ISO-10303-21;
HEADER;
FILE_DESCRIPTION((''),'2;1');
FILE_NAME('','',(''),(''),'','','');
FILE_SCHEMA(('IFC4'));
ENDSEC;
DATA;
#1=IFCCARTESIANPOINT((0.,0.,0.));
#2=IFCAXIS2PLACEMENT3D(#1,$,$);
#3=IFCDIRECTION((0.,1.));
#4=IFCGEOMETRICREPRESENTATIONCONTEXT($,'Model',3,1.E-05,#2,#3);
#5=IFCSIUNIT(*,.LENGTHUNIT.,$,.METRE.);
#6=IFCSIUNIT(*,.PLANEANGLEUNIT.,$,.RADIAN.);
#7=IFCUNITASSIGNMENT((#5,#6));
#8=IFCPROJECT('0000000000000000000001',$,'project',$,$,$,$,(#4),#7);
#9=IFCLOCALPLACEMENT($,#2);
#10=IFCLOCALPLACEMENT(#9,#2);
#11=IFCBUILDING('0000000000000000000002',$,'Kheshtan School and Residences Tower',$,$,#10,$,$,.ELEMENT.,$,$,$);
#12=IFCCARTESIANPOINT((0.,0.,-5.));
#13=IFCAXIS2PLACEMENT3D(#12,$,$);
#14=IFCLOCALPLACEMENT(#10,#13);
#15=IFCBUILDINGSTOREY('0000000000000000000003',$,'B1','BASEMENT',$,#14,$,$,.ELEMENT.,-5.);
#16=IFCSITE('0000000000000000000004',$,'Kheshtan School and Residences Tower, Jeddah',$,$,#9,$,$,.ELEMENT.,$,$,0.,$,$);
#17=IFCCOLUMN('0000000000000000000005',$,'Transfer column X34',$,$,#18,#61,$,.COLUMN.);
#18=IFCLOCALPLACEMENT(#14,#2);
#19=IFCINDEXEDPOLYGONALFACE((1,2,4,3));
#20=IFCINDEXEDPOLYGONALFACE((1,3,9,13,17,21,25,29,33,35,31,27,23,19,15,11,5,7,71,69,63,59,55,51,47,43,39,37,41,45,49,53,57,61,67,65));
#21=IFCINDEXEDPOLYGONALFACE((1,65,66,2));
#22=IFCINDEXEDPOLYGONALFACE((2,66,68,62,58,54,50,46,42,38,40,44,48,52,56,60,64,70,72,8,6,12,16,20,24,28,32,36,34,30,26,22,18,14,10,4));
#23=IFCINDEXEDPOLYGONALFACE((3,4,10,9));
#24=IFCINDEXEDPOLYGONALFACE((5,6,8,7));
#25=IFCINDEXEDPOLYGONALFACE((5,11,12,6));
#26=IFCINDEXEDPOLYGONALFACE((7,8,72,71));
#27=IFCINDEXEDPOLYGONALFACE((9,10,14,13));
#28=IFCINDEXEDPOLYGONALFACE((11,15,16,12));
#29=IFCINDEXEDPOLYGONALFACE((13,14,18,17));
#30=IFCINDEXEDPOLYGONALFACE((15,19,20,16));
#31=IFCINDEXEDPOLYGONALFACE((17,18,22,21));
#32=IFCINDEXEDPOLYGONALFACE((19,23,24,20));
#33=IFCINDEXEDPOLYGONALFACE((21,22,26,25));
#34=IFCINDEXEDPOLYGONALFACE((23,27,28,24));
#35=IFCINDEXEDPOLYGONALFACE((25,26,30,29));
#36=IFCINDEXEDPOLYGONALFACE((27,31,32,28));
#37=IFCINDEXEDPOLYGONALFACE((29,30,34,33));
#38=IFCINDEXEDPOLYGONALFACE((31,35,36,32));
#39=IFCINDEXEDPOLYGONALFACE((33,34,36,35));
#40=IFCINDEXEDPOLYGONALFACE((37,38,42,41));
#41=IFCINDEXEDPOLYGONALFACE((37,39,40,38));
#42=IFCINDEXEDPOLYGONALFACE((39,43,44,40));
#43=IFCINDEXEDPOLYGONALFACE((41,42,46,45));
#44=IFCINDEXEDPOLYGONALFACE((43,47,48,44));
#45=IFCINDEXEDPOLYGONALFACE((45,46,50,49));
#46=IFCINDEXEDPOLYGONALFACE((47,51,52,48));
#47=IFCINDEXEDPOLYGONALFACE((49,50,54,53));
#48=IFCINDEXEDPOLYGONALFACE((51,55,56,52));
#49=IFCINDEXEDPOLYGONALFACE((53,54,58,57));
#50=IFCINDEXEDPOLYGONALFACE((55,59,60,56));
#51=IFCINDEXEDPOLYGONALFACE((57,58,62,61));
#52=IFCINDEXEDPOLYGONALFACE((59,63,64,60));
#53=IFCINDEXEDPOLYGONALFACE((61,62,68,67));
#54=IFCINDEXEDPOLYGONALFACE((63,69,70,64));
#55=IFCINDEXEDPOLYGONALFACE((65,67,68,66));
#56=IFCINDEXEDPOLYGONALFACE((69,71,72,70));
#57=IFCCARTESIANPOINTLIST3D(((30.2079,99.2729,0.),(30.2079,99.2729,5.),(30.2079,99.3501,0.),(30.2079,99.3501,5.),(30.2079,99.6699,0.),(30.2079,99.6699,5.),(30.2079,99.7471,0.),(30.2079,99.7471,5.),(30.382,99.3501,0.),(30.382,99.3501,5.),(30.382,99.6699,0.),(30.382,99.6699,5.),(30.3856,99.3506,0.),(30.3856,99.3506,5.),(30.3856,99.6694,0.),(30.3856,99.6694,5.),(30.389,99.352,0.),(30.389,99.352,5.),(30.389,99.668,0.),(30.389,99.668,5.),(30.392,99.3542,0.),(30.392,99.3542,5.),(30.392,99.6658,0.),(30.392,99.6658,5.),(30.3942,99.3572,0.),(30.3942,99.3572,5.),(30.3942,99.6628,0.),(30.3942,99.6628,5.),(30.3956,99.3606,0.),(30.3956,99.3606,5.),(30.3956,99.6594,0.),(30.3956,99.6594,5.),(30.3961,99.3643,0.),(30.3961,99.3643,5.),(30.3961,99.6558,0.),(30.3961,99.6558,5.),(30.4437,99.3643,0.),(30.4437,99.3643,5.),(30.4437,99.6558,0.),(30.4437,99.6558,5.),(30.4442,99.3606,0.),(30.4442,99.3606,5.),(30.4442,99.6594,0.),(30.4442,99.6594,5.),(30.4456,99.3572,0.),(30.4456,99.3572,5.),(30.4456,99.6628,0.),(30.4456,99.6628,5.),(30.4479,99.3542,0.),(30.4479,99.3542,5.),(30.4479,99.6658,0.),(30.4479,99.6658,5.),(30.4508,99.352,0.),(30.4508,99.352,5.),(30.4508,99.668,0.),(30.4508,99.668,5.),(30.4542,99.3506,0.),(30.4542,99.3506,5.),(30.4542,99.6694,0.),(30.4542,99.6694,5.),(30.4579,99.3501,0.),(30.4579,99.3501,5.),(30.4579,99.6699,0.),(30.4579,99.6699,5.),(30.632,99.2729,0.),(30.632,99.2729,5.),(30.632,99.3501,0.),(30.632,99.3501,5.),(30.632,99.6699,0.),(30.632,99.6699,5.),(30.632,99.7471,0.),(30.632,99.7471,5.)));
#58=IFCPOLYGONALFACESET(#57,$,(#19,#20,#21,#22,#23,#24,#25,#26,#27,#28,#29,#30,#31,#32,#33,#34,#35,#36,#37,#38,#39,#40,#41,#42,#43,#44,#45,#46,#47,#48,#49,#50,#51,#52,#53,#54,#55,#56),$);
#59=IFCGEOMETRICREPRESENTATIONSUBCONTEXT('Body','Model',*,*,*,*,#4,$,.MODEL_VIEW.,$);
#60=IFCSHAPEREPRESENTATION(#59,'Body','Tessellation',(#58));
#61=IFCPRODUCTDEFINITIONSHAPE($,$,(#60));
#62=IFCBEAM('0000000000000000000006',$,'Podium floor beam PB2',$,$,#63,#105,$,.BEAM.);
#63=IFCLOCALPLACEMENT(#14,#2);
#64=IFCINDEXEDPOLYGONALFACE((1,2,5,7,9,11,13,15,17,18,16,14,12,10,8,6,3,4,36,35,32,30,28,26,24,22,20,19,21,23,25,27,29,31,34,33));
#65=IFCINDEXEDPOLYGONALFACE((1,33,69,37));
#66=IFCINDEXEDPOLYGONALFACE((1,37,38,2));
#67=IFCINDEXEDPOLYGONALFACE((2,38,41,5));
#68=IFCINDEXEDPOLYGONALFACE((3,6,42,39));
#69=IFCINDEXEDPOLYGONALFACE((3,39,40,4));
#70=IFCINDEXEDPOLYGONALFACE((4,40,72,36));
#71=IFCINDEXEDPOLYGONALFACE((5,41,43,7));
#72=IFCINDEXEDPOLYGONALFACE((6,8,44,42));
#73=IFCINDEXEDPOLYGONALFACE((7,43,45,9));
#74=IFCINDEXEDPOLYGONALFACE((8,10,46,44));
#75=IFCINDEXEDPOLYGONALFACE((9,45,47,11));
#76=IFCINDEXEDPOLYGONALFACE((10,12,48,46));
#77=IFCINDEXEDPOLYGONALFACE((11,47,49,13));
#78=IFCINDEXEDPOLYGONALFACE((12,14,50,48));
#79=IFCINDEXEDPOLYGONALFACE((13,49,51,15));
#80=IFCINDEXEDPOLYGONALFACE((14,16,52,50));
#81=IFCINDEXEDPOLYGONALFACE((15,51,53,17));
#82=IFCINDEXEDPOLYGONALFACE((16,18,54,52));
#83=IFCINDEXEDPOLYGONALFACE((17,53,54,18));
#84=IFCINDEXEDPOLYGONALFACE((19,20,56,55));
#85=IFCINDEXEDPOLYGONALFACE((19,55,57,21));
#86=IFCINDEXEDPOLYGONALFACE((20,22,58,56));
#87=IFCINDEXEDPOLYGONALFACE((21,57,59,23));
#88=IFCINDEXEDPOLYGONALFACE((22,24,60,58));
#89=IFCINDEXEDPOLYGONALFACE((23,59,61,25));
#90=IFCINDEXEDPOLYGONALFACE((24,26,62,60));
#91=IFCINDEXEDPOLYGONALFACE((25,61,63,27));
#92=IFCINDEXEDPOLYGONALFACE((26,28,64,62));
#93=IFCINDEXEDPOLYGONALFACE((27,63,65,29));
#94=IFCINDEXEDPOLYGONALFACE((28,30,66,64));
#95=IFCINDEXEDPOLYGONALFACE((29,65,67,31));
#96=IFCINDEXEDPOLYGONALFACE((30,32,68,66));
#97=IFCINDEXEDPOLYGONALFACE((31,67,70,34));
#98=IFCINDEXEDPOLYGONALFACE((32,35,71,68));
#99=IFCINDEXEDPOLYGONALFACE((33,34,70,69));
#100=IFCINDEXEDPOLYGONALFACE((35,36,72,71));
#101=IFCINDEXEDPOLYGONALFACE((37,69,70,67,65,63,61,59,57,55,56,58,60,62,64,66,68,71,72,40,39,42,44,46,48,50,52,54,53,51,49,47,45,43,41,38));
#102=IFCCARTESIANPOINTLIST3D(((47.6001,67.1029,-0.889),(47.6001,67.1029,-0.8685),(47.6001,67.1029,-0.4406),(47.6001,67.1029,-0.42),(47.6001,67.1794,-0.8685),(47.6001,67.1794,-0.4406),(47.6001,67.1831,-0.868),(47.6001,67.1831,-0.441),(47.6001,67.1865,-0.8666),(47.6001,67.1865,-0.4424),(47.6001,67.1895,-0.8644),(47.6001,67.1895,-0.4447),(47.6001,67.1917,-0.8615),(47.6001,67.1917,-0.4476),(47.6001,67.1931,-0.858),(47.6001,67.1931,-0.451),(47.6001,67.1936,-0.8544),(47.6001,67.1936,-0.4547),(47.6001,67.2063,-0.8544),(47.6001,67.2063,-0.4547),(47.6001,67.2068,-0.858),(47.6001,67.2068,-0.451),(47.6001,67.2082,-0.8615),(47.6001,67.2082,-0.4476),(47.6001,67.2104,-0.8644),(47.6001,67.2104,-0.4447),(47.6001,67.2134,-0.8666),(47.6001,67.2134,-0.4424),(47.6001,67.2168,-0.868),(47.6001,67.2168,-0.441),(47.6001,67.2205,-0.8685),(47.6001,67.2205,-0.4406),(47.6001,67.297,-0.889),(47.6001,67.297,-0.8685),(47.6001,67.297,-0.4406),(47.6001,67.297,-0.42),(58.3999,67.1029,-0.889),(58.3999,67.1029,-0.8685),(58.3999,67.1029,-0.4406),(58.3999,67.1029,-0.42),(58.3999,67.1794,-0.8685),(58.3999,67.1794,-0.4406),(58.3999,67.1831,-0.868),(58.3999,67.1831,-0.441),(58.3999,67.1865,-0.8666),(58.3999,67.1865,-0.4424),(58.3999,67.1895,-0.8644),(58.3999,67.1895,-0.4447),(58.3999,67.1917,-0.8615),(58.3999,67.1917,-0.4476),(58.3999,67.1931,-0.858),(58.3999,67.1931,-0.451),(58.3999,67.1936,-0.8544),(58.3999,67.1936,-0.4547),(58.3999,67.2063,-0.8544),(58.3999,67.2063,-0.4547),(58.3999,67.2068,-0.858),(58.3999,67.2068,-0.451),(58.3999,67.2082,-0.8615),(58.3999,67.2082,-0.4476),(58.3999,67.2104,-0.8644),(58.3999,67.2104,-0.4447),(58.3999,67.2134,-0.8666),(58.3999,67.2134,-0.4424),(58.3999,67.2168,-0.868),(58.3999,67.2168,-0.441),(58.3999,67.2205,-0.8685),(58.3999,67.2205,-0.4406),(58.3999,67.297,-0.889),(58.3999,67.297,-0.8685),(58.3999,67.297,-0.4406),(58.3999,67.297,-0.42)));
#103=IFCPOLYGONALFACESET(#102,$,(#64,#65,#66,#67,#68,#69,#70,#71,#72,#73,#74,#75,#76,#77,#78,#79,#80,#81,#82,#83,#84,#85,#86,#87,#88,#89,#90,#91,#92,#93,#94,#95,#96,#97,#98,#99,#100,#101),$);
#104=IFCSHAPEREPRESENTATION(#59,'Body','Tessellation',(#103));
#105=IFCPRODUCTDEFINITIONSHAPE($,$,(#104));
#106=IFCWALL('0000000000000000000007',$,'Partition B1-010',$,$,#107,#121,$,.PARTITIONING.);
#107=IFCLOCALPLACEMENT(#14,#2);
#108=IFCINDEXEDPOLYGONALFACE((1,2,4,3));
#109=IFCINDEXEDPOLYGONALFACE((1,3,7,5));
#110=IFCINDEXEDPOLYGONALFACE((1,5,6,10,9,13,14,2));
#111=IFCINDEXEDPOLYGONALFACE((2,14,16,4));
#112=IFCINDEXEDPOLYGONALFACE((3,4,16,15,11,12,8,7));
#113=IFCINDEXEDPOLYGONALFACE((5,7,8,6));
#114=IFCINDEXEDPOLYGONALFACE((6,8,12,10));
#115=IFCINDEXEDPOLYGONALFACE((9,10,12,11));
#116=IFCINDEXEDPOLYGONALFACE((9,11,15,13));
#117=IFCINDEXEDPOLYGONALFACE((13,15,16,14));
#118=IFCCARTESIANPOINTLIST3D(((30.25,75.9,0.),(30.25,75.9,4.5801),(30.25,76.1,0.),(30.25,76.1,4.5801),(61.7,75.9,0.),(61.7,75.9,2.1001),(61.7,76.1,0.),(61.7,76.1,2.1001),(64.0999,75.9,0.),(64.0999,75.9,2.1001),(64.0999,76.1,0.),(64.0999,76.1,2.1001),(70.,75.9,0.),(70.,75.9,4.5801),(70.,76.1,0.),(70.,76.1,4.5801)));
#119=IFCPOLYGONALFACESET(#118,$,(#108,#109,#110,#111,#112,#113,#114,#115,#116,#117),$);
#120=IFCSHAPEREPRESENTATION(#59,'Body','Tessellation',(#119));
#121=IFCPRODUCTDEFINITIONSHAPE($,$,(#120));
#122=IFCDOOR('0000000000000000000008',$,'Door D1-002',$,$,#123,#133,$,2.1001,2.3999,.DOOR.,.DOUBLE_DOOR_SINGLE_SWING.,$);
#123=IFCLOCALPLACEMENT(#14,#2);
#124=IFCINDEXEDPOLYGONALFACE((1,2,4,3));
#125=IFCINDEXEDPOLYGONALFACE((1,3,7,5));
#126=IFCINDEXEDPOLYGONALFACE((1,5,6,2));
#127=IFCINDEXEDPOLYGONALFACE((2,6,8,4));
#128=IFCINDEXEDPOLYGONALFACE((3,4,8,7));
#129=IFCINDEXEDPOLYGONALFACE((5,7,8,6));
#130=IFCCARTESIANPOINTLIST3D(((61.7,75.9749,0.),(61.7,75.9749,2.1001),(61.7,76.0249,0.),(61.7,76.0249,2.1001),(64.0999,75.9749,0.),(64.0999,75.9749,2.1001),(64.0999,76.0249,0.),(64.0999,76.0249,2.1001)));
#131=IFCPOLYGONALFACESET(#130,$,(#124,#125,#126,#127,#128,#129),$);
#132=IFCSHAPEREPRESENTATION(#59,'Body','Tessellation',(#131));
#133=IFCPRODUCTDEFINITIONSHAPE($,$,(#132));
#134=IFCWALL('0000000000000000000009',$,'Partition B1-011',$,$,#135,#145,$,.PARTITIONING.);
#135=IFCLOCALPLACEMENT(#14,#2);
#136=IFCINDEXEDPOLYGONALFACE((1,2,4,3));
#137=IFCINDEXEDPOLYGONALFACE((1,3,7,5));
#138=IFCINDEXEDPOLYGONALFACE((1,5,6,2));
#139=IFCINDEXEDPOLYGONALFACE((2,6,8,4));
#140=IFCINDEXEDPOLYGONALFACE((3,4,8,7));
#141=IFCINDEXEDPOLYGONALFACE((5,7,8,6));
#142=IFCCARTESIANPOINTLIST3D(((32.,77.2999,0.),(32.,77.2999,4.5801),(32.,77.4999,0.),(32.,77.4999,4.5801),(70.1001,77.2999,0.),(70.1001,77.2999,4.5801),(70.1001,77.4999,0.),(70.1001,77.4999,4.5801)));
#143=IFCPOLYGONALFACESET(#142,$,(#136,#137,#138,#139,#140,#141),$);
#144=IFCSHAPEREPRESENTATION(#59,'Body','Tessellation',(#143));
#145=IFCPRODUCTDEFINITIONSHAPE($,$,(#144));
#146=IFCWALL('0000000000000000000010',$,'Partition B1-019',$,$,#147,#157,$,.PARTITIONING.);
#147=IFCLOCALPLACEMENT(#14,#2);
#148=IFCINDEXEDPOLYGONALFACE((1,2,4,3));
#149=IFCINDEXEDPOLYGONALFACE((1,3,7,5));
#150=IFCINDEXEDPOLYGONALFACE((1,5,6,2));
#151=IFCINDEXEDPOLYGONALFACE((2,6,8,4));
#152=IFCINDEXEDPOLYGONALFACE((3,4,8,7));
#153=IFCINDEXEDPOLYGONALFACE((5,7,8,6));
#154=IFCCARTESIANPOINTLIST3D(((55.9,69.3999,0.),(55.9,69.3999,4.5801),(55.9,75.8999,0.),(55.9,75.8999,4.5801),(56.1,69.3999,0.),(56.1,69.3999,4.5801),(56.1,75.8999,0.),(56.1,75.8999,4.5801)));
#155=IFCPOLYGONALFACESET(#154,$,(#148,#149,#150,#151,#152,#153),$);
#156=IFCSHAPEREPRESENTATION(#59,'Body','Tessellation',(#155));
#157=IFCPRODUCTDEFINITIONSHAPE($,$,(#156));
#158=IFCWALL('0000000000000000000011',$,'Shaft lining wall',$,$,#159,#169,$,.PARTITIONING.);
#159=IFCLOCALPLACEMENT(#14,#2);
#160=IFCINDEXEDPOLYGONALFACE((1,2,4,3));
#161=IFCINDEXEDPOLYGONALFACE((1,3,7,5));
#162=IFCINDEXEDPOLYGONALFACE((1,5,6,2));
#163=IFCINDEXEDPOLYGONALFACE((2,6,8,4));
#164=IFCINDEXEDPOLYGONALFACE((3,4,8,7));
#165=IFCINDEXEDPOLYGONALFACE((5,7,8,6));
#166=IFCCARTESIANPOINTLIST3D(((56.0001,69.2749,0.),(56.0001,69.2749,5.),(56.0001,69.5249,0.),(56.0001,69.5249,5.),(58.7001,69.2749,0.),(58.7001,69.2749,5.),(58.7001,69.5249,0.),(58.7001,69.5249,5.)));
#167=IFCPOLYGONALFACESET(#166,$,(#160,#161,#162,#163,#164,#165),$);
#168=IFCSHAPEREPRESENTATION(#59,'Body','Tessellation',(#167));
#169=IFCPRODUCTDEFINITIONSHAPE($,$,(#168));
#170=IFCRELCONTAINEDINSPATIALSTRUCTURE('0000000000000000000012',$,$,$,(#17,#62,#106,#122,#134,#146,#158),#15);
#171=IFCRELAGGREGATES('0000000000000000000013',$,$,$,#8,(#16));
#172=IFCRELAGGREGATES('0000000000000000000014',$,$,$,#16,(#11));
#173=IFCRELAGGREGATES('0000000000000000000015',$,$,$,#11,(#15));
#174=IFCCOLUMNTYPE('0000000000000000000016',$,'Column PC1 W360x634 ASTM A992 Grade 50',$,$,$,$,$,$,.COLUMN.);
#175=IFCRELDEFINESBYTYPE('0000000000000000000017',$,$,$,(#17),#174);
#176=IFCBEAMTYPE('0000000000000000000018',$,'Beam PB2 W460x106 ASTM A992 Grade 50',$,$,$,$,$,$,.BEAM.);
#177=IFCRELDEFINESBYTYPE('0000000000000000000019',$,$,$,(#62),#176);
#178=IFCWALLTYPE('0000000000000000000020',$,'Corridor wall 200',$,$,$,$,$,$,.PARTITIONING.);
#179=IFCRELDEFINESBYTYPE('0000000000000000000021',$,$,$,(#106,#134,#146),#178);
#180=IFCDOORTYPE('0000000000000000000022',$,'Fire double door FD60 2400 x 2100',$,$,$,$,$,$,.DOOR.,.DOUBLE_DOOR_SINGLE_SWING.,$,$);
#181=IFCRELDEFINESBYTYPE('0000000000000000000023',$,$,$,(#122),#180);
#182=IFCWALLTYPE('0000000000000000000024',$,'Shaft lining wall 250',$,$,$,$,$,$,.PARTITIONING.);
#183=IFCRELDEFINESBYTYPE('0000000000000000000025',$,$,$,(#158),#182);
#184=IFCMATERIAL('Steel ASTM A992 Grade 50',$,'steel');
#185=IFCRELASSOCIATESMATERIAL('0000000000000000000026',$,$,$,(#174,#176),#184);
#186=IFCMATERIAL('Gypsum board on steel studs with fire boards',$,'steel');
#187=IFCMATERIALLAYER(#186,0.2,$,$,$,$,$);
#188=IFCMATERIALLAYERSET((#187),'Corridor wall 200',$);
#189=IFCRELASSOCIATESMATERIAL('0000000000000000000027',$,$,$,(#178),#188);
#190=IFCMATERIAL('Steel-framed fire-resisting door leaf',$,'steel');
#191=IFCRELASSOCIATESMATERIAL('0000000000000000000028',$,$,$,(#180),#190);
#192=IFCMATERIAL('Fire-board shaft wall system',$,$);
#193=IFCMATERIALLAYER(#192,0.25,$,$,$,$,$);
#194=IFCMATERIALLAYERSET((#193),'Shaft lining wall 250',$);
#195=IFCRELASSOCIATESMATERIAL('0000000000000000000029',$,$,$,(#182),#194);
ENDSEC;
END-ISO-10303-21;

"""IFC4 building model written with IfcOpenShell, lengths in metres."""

from ifc_helpers import new_model, si_unit, direction, frame, frame_2d, origin, origin_2d, place, context, subcontext, project, spatial, rectangle, i_section, extrude, source, transform, mapped, material, layer, layer_set, material_profile, profile_set, type_object, element, fill, save


model = new_model("IFC4")

# Units and contexts
model_context = context("Model", 3, precision=1e-05, world=origin(), true_north=direction((0.0, 1.0)))
body_context = subcontext(model_context, "Body", "Model", "MODEL_VIEW")
ifc_project = project(units=[si_unit("LENGTHUNIT", "METRE"), si_unit("PLANEANGLEUNIT", "RADIAN")], contexts=[model_context])

# Site, building, storey
site_placement = place(None, origin())
site = spatial("IfcSite", under=ifc_project, at=site_placement, Name="Kheshtan School and Residences Tower, Jeddah", CompositionType="ELEMENT", RefElevation=0.0)
building_placement = place(site_placement, origin())
building = spatial("IfcBuilding", under=site, at=building_placement, Name="Kheshtan School and Residences Tower", CompositionType="ELEMENT")
storey_placement = place(building_placement, frame((0.0, 0.0, -5.0)))
storey = spatial("IfcBuildingStorey", under=building, at=storey_placement, Name="B1", Description="BASEMENT", CompositionType="ELEMENT", Elevation=-5.0)

# Column
ifc_material_1 = material(Name="Steel ASTM A992 Grade 50", Category="steel")
ifc_material_profile_1 = material_profile(ifc_material_1, i_section(OverallWidth=0.4241, OverallDepth=0.4741, WebThickness=0.0476, FlangeThickness=0.0771, FilletRadius=0.0142, at=origin_2d()), Name="W360x634")
ifc_profile_set_1 = profile_set([ifc_material_profile_1], Name="Steel ASTM A992 Grade 50")
column_type = type_object("IfcColumnType", Name="Column PC1 W360x634 ASTM A992 Grade 50", PredefinedType="COLUMN", material=ifc_profile_set_1)
for number, where, z_axis, x_axis, name in (
    (1, (30.4199, 99.51, 0.0), (0.0, 0.0, 1.0), (1.0, 0.0, 0.0), "Transfer column X34"),
):
    element("IfcColumn", number, at=place(storey_placement, frame(where, z_axis=z_axis, x_axis=x_axis)), inside=storey, type_object=column_type, Name=name, PredefinedType="COLUMN", context=body_context, shape_type="SweptSolid", body=[
        extrude(i_section(OverallWidth=0.4241, OverallDepth=0.4741, WebThickness=0.0476, FlangeThickness=0.0771, FilletRadius=0.0142, at=origin_2d()), origin(), (0.0, 0.0, 1.0), 5.0),
    ])

# Beam
ifc_material_profile_2 = material_profile(ifc_material_1, i_section(OverallWidth=0.1941, OverallDepth=0.469, WebThickness=0.0127, FlangeThickness=0.0205, FilletRadius=0.0142, at=origin_2d()), Name="W460x106")
ifc_profile_set_2 = profile_set([ifc_material_profile_2], Name="Steel ASTM A992 Grade 50")
beam_type = type_object("IfcBeamType", Name="Beam PB2 W460x106 ASTM A992 Grade 50", PredefinedType="BEAM", material=ifc_profile_set_2)
beam_placement = place(storey_placement, frame((47.6001, 67.2, -0.6545), z_axis=(1.0, 0.0, 0.0), x_axis=(0.0, 1.0, 0.0)))
element("IfcBeam", 2, at=beam_placement, inside=storey, type_object=beam_type, Name="Podium floor beam PB2", PredefinedType="BEAM", context=body_context, shape_type="SweptSolid", body=[
    extrude(i_section(OverallWidth=0.1941, OverallDepth=0.469, WebThickness=0.0127, FlangeThickness=0.0205, FilletRadius=0.0142, at=origin_2d()), origin(), (0.0, 0.0, 1.0), 10.7998),
])

# Wall, opening, door
ifc_material_2 = material(Name="Gypsum board on steel studs with fire boards", Category="steel")
ifc_layer_1 = layer(ifc_material_2, 0.2)
ifc_layer_set_1 = layer_set([ifc_layer_1], Name="Corridor wall 200")
wall_type_1 = type_object("IfcWallType", Name="Corridor wall 200", PredefinedType="PARTITIONING", material=ifc_layer_set_1)
wall_1_placement = place(storey_placement, frame((30.25, 76.0, 0.0), z_axis=(0.0, 0.0, 1.0), x_axis=(1.0, 0.0, 0.0)))
wall_1 = element("IfcWall", 3, at=wall_1_placement, inside=storey, type_object=wall_type_1, Name="Partition B1-010", PredefinedType="PARTITIONING", context=body_context, shape_type="SweptSolid", body=[
    extrude(rectangle(XDim=39.75, YDim=0.2, at=frame_2d((19.875, 0.0))), origin(), (0.0, 0.0, 1.0), 4.5801),
])
opening_placement = place(wall_1_placement, frame((31.45, 0.0, 0.0)))
opening = element("IfcOpeningElement", 4, at=opening_placement, cuts=wall_1, PredefinedType="OPENING", context=body_context, shape_type="SweptSolid", body=[
    extrude(rectangle(XDim=2.3999, YDim=2.1001, at=frame_2d((1.2, 1.05))), frame((0.0, 0.1099, 0.0), z_axis=(0.0, -1.0, 0.0), x_axis=(1.0, 0.0, 0.0)), (0.0, 0.0, 1.0), 0.22),
])
ifc_material_3 = material(Name="Steel-framed fire-resisting door leaf", Category="steel")
door_type = type_object("IfcDoorType", Name="Fire double door FD60 2400 x 2100", OperationType="DOUBLE_DOOR_SINGLE_SWING", PredefinedType="DOOR", material=ifc_material_3)
shared_shape = source(origin(), body_context, "Body", "SweptSolid", [
    extrude(rectangle(XDim=2.3999, YDim=2.1001, at=frame_2d((1.2, 1.05))), frame((0.0, 0.0249, 0.0), z_axis=(0.0, -1.0, 0.0), x_axis=(1.0, 0.0, 0.0)), (0.0, 0.0, 1.0), 0.05),
])
door_placement = place(opening_placement, origin())
door = element("IfcDoor", 5, at=door_placement, inside=storey, type_object=door_type, Name="Door D1-002", OperationType="DOUBLE_DOOR_SINGLE_SWING", OverallHeight=2.1001, OverallWidth=2.3999, PredefinedType="DOOR", context=body_context, shape_type="MappedRepresentation", body=[
    mapped(shared_shape, transform((0.0, 0.0, 0.0), x_axis=(1.0, 0.0, 0.0), y_axis=(0.0, 1.0, 0.0), z_axis=(0.0, 0.0, 1.0), scale=1.0)),
])
fill(opening, door)

# Walls
wall_2_placement = place(storey_placement, frame((32.0, 77.3999, 0.0), z_axis=(0.0, 0.0, 1.0), x_axis=(1.0, 0.0, 0.0)))
element("IfcWall", 6, at=wall_2_placement, inside=storey, type_object=wall_type_1, Name="Partition B1-011", PredefinedType="PARTITIONING", context=body_context, shape_type="SweptSolid", body=[
    extrude(rectangle(XDim=38.1001, YDim=0.2, at=frame_2d((19.05, 0.0))), origin(), (0.0, 0.0, 1.0), 4.5801),
])
wall_3_placement = place(storey_placement, frame((56.0, 69.3999, 0.0), z_axis=(0.0, 0.0, 1.0), x_axis=(0.0, 1.0, 0.0)))
element("IfcWall", 7, at=wall_3_placement, inside=storey, type_object=wall_type_1, Name="Partition B1-019", PredefinedType="PARTITIONING", context=body_context, shape_type="SweptSolid", body=[
    extrude(rectangle(XDim=6.5, YDim=0.2, at=frame_2d((3.25, 0.0))), origin(), (0.0, 0.0, 1.0), 4.5801),
])
ifc_material_4 = material(Name="Fire-board shaft wall system")
ifc_layer_2 = layer(ifc_material_4, 0.25)
ifc_layer_set_2 = layer_set([ifc_layer_2], Name="Shaft lining wall 250")
wall_type_2 = type_object("IfcWallType", Name="Shaft lining wall 250", PredefinedType="PARTITIONING", material=ifc_layer_set_2)
wall_4_placement = place(storey_placement, frame((56.0, 69.3999, 0.0), z_axis=(0.0, 0.0, 1.0), x_axis=(1.0, 0.0, 0.0)))
element("IfcWall", 8, at=wall_4_placement, inside=storey, type_object=wall_type_2, Name="Shaft lining wall", PredefinedType="PARTITIONING", context=body_context, shape_type="SweptSolid", body=[
    extrude(rectangle(XDim=2.7, YDim=0.25, at=frame_2d((1.3501, 0.0))), origin(), (0.0, 0.0, 1.0), 5.0),
])

save(model, "model.ifc")
